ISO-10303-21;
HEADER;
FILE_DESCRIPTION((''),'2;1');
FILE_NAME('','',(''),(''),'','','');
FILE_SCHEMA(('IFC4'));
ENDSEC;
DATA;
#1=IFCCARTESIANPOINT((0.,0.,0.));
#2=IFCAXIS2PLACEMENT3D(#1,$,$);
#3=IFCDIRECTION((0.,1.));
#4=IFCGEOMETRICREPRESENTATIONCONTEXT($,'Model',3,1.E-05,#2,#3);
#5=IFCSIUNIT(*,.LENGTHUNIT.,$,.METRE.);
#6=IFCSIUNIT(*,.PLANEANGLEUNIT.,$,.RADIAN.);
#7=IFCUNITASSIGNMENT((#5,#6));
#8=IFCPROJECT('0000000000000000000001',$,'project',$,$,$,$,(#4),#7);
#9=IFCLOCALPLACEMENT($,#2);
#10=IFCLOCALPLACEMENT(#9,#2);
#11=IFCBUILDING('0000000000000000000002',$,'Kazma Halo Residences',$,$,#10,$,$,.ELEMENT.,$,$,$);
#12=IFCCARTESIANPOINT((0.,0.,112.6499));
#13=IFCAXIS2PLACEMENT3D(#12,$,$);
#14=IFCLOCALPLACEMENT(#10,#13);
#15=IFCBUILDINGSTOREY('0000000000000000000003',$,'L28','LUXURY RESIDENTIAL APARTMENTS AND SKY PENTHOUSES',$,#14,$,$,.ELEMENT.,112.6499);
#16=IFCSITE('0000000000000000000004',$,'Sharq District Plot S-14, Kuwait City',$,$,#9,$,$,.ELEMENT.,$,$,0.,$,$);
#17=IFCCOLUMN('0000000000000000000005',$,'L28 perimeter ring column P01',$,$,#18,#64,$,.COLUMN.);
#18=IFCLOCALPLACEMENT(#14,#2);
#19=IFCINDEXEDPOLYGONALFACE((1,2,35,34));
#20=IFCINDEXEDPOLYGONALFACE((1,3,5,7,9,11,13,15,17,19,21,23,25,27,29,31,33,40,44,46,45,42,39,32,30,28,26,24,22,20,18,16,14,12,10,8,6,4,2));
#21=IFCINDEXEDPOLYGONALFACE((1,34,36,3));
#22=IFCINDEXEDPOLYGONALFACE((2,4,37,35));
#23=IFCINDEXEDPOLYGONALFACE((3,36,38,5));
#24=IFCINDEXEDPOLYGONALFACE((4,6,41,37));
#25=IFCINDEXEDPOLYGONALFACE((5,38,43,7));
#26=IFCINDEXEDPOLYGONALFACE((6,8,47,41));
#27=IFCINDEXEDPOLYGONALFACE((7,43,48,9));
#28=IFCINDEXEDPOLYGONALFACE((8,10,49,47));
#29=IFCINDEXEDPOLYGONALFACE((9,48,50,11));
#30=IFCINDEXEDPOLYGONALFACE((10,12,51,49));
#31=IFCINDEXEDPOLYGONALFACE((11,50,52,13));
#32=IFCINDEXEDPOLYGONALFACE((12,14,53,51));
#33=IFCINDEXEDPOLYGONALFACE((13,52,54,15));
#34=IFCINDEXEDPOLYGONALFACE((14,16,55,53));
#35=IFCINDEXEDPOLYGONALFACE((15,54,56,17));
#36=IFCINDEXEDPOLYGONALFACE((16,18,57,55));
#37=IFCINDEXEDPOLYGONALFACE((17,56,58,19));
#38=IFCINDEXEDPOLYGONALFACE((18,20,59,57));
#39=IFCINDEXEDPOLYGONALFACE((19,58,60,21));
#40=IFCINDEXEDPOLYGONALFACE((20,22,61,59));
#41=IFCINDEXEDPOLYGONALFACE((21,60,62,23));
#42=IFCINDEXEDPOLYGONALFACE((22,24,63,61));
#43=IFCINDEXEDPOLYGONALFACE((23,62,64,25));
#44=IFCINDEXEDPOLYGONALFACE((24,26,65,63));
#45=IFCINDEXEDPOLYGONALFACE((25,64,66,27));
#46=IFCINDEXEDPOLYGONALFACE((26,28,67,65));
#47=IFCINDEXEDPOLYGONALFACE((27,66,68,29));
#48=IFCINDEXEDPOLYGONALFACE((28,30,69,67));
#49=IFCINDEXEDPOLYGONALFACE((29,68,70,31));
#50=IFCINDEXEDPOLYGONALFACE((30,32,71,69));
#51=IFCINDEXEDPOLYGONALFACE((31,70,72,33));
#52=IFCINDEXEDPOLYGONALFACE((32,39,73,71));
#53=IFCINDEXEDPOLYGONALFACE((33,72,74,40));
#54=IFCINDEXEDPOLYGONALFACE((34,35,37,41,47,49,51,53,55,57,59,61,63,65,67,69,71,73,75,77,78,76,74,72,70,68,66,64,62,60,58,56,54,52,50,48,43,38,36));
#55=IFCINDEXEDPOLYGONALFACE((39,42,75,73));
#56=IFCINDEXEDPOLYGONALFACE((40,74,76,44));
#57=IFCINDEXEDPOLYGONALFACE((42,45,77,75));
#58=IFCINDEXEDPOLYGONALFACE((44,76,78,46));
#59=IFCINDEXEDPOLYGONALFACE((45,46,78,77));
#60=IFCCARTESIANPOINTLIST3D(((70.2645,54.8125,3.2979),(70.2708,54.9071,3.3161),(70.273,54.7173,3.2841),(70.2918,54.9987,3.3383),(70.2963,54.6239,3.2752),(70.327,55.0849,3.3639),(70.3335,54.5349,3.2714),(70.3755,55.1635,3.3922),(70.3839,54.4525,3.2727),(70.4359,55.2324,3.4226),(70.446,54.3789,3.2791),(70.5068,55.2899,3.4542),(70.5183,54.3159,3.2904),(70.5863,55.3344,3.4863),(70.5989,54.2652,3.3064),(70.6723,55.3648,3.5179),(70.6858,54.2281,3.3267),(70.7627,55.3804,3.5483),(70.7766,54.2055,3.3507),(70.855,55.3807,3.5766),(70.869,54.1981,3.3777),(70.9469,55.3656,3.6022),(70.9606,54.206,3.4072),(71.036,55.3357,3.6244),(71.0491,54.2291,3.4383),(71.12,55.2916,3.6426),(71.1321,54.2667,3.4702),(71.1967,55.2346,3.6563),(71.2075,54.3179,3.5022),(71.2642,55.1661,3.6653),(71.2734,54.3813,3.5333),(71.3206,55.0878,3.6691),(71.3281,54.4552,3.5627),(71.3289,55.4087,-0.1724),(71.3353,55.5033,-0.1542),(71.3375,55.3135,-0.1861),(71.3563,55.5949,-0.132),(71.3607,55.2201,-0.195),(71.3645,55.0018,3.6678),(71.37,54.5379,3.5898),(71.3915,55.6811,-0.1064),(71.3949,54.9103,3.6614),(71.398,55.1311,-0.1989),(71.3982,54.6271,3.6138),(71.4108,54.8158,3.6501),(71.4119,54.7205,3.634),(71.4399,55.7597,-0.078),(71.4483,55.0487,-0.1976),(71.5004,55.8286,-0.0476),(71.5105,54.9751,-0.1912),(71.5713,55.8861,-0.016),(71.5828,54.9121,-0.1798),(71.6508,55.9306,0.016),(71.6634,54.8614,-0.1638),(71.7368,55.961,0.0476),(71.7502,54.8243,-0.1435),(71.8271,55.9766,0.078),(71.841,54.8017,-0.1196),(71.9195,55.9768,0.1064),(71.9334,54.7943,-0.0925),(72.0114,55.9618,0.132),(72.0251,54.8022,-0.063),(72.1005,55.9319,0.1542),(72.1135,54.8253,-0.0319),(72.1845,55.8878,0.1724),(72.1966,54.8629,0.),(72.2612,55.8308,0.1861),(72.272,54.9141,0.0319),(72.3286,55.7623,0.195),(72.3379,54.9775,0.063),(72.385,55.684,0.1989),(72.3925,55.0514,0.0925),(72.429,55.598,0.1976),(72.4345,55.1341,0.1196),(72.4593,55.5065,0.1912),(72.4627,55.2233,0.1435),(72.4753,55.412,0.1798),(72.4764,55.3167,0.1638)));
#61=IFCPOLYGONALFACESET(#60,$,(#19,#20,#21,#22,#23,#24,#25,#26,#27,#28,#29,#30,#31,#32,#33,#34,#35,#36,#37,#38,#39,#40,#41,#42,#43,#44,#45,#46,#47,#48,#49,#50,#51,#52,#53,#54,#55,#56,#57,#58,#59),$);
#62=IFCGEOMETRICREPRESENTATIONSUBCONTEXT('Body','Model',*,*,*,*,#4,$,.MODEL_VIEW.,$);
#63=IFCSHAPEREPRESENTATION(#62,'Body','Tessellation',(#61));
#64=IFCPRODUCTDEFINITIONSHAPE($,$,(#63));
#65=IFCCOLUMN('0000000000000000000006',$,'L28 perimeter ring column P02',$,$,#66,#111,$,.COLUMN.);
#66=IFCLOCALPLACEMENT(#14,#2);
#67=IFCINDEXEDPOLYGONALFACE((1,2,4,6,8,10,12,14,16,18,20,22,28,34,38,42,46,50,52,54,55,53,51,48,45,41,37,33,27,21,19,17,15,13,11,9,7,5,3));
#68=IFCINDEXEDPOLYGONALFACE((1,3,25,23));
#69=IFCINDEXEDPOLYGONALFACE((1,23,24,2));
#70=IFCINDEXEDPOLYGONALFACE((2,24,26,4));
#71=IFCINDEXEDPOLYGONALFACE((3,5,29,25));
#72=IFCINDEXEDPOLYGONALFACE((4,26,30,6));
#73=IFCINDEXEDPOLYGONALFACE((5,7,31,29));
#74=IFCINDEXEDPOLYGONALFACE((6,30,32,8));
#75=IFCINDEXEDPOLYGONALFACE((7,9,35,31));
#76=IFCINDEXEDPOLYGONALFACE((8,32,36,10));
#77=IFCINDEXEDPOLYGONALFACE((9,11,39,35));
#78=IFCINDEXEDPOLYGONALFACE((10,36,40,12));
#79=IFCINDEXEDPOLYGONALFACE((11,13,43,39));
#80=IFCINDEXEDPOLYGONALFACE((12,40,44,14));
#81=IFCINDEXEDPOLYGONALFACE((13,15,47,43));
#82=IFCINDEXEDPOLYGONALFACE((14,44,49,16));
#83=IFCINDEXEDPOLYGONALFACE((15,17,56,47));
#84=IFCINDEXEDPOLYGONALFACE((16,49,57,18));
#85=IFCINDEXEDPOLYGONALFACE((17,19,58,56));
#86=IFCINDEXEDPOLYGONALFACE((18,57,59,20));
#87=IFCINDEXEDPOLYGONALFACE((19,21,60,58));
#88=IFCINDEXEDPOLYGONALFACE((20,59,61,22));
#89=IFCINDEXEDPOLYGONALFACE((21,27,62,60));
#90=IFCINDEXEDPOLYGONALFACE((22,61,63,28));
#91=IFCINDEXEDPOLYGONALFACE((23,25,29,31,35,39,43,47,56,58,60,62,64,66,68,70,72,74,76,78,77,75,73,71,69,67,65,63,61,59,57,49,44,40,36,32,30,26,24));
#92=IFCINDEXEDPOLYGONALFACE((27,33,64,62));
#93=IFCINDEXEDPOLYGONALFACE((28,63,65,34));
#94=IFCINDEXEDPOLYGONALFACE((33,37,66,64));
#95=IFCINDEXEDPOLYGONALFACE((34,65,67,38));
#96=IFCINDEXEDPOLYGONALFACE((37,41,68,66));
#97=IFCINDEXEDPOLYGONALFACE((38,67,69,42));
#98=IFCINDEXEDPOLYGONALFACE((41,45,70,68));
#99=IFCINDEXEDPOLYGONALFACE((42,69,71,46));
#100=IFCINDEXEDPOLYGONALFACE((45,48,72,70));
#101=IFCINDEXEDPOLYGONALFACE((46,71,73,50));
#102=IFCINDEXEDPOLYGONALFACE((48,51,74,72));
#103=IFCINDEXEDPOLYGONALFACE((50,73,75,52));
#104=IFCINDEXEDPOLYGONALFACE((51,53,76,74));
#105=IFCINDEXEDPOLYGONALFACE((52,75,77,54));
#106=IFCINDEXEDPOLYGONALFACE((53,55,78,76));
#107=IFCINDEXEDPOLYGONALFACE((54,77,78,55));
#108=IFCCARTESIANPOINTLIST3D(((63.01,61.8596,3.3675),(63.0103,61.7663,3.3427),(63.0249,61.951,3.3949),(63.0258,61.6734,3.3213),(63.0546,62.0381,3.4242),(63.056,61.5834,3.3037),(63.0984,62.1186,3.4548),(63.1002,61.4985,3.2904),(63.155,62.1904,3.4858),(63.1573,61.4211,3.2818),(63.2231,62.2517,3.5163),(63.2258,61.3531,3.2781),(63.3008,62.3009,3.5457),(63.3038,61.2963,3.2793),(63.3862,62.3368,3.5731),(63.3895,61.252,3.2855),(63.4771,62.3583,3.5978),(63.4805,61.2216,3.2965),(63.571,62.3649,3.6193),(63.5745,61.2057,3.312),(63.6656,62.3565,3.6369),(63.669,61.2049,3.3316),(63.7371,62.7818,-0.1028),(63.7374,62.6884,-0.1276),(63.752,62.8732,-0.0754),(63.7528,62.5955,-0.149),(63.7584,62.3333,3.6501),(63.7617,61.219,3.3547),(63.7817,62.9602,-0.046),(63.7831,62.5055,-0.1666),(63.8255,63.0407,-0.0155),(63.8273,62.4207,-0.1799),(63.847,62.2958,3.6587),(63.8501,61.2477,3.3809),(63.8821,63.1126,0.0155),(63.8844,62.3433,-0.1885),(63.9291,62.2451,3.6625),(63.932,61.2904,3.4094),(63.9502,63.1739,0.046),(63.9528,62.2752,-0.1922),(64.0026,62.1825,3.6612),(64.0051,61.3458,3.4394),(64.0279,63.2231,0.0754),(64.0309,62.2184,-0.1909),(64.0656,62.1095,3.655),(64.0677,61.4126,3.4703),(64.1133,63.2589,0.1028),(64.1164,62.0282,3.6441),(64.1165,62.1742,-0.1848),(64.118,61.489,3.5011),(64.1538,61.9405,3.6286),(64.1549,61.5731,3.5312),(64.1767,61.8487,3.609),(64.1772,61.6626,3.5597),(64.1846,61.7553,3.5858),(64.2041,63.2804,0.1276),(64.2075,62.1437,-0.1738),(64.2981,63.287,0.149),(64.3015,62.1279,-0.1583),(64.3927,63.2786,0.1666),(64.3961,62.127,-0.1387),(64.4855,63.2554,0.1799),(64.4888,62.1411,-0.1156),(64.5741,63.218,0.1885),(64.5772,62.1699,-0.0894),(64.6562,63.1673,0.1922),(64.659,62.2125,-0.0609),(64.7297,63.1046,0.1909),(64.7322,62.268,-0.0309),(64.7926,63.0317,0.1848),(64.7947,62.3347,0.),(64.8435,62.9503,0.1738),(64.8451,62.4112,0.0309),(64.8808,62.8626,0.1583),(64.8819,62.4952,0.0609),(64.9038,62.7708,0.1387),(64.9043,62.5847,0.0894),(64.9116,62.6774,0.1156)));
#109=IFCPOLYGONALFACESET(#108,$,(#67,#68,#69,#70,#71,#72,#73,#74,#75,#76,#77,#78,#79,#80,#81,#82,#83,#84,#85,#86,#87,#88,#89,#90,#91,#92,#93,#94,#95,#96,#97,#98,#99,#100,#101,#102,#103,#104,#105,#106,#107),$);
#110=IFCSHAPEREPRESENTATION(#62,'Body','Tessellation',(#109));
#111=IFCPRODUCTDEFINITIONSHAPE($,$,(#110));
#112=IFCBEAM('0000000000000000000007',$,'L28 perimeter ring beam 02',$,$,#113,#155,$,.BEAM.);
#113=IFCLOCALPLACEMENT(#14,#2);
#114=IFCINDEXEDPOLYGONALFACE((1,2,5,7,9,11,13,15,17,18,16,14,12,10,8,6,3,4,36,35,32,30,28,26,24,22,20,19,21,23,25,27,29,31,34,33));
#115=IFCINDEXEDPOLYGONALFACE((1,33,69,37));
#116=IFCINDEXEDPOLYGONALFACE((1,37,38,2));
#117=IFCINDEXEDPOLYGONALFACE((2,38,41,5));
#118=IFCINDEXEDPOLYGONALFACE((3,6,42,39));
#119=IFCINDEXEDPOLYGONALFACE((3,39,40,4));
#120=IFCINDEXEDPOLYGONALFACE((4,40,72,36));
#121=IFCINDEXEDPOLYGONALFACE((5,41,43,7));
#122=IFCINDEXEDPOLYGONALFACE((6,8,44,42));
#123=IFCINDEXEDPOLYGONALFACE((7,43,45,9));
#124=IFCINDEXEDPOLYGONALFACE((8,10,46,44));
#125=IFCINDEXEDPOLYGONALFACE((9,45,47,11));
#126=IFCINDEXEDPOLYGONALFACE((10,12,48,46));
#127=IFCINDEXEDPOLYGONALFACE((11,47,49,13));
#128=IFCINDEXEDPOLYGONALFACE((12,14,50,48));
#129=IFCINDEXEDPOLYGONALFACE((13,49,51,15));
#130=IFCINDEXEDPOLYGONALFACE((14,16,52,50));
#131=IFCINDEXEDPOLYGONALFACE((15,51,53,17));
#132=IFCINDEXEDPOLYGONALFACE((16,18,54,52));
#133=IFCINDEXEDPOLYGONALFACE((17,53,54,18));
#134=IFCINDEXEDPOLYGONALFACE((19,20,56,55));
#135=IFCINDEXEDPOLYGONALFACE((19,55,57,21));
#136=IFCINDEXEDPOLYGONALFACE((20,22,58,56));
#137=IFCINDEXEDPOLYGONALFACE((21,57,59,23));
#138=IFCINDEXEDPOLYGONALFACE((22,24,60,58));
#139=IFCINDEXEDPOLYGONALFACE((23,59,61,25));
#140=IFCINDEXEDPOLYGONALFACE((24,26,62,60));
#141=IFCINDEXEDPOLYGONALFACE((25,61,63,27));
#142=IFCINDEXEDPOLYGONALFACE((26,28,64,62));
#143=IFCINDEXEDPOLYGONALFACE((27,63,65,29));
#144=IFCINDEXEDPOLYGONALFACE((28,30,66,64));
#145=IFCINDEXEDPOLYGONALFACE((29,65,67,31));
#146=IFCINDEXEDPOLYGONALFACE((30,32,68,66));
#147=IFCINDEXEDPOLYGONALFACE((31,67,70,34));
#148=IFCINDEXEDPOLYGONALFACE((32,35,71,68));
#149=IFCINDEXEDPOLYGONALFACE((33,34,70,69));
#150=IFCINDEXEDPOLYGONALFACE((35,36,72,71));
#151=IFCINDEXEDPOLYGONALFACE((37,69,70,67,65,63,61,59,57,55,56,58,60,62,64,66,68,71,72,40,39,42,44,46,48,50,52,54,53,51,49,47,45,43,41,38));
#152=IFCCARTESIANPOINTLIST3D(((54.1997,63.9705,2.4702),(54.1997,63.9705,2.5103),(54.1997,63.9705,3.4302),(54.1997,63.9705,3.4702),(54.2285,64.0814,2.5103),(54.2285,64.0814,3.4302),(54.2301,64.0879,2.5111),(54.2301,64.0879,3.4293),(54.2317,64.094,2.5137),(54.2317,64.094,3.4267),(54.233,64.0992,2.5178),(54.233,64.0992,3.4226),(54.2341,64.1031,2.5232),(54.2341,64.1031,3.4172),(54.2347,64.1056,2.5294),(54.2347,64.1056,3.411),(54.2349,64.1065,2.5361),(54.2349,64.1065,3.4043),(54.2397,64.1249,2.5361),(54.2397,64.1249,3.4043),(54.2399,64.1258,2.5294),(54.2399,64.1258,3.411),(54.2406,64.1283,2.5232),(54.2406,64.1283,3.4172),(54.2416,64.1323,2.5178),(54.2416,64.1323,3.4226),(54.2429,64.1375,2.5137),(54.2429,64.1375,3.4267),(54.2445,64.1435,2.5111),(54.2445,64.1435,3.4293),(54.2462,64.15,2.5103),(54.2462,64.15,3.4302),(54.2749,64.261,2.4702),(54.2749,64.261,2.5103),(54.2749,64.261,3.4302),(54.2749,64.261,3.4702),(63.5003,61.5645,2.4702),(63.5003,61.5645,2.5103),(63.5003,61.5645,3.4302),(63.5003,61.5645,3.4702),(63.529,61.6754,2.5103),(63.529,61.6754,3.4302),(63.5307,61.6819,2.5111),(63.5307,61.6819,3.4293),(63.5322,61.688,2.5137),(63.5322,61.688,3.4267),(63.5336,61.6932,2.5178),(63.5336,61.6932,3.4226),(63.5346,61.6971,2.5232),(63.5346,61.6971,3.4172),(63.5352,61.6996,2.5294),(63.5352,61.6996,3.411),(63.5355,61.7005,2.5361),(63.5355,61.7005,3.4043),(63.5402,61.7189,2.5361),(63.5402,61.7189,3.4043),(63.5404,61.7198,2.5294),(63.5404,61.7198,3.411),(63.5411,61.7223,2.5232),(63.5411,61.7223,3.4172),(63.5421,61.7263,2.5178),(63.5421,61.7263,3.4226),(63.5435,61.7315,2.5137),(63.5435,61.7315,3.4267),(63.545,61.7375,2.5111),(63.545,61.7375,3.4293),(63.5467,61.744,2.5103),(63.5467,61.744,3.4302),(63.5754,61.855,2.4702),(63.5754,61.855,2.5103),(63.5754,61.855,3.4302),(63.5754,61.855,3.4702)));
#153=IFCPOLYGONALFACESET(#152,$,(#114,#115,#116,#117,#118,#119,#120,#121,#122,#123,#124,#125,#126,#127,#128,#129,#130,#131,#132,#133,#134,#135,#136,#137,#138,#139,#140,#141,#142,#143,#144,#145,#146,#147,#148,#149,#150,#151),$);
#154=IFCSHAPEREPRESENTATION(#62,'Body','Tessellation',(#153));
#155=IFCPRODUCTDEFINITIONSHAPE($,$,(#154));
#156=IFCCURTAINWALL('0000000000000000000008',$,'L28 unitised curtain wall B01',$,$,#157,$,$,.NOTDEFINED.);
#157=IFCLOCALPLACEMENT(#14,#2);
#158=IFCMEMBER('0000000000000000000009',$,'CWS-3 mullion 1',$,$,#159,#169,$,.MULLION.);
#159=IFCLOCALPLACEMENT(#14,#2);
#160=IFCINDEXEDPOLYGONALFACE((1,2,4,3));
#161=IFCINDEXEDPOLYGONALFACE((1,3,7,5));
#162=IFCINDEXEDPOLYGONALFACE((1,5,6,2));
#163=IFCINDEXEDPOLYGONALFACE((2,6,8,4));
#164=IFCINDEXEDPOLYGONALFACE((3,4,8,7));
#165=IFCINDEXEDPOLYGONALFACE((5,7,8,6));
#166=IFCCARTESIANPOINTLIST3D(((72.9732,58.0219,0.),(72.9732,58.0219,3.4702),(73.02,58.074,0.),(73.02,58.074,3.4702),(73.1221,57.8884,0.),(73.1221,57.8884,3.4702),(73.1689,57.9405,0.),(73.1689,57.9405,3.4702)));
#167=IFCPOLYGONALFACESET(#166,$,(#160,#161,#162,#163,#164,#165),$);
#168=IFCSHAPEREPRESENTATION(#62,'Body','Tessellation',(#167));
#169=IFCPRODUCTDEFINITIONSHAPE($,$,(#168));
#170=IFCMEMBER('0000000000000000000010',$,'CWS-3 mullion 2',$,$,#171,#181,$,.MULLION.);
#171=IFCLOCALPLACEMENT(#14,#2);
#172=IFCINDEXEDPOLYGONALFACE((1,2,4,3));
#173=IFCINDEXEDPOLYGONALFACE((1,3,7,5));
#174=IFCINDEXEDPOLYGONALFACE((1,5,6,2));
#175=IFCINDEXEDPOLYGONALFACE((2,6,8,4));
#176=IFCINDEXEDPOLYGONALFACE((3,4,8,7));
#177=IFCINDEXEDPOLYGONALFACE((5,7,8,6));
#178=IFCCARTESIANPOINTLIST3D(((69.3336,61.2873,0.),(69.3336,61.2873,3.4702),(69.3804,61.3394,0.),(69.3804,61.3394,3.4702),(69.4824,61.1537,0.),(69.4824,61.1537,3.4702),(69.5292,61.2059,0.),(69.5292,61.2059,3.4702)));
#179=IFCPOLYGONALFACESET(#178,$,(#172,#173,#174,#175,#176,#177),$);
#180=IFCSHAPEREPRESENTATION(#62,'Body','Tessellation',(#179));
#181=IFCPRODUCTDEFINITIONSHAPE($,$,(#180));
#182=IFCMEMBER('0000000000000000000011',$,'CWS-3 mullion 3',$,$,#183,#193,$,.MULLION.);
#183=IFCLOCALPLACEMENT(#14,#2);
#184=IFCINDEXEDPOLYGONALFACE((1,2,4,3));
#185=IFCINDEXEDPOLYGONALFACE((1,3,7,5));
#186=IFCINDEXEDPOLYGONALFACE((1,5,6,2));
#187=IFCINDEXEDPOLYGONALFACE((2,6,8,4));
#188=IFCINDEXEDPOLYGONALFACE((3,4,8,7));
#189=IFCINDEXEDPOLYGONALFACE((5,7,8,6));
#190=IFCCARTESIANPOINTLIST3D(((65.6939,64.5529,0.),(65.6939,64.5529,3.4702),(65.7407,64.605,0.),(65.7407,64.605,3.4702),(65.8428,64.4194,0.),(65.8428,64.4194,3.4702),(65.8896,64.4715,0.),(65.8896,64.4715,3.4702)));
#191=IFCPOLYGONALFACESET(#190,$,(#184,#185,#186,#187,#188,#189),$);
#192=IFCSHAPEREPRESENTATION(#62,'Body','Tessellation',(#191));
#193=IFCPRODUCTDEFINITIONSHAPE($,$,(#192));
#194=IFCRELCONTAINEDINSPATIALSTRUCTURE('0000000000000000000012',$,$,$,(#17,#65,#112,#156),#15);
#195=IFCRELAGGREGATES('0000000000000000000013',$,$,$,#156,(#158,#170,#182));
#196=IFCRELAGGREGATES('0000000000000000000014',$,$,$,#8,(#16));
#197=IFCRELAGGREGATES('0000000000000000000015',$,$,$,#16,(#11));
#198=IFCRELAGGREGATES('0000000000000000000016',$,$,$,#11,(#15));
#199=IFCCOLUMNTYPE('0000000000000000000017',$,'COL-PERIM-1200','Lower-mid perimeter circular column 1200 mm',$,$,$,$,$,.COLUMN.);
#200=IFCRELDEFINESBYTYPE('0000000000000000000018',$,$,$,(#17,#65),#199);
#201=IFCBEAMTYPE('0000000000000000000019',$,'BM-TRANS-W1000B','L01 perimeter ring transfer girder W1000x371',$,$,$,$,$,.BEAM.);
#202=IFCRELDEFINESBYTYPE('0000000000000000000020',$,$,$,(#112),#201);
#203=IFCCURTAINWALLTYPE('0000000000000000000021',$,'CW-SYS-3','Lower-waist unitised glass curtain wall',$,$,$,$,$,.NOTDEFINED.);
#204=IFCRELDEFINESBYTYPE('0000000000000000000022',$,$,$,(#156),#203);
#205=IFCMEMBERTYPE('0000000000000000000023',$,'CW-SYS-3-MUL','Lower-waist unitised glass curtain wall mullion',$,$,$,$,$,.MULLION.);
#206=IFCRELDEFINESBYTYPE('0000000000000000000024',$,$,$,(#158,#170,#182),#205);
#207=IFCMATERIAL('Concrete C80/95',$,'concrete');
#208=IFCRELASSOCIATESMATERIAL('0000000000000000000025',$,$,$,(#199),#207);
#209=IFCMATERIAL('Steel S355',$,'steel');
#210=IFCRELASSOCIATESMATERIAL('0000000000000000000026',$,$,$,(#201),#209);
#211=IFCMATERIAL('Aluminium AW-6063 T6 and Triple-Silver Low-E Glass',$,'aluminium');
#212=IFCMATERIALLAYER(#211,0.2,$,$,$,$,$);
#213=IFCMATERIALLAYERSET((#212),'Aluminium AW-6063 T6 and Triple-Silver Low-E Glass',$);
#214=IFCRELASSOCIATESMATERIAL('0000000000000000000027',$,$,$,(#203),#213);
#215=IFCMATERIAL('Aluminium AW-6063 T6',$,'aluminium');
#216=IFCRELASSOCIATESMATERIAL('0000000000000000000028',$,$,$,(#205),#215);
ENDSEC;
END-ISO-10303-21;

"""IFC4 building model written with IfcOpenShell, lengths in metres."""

from ifc_helpers import new_model, si_unit, direction, frame, origin, origin_2d, place, context, subcontext, project, spatial, rectangle, circle, i_section, extrude, material, layer, layer_set, material_profile, profile_set, type_object, element, aggregate, save


model = new_model("IFC4")

# Units and contexts
model_context = context("Model", 3, precision=1e-05, world=origin(), true_north=direction((0.0, 1.0)))
body_context = subcontext(model_context, "Body", "Model", "MODEL_VIEW")
ifc_project = project(units=[si_unit("LENGTHUNIT", "METRE"), si_unit("PLANEANGLEUNIT", "RADIAN")], contexts=[model_context])

# Site, building, storey
site_placement = place(None, origin())
site = spatial("IfcSite", under=ifc_project, at=site_placement, Name="Sharq District Plot S-14, Kuwait City", CompositionType="ELEMENT", RefElevation=0.0)
building_placement = place(site_placement, origin())
building = spatial("IfcBuilding", under=site, at=building_placement, Name="Kazma Halo Residences", CompositionType="ELEMENT")
storey_placement = place(building_placement, frame((0.0, 0.0, 112.6499)))
storey = spatial("IfcBuildingStorey", under=building, at=storey_placement, Name="L28", Description="LUXURY RESIDENTIAL APARTMENTS AND SKY PENTHOUSES", CompositionType="ELEMENT", Elevation=112.6499)

# Columns
ifc_material_1 = material(Name="Concrete C80/95", Category="concrete")
ifc_material_profile_1 = material_profile(ifc_material_1, circle(Radius=0.6001, at=origin_2d()), Name="CIRC1200")
ifc_profile_set_1 = profile_set([ifc_material_profile_1], Name="Concrete C80/95")
column_type = type_object("IfcColumnType", Name="COL-PERIM-1200", Description="Lower-mid perimeter circular column 1200 mm", PredefinedType="COLUMN", material=ifc_profile_set_1)
column_1_placement = place(storey_placement, frame((71.9033, 55.3865, 0.0), z_axis=(-0.289377, -0.162077, 0.943394), x_axis=(0.488664, -0.872472, 0.0)))
element("IfcColumn", 1, at=column_1_placement, inside=storey, type_object=column_type, Name="L28 perimeter ring column P01", PredefinedType="COLUMN", context=body_context, shape_type="SweptSolid", body=[
    extrude(circle(Radius=0.6001, at=origin_2d()), origin(), (0.0, 0.0, 1.0), 3.6785),
])
column_2_placement = place(storey_placement, frame((64.3235, 62.7063, 0.0), z_axis=(-0.198457, -0.251704, 0.947238), x_axis=(0.785271, -0.619152, 0.0)))
element("IfcColumn", 2, at=column_2_placement, inside=storey, type_object=column_type, Name="L28 perimeter ring column P02", PredefinedType="COLUMN", context=body_context, shape_type="SweptSolid", body=[
    extrude(circle(Radius=0.6001, at=origin_2d()), origin(), (0.0, 0.0, 1.0), 3.6636),
])

# Beam
ifc_material_2 = material(Name="Steel S355", Category="steel")
ifc_material_profile_2 = material_profile(ifc_material_2, i_section(OverallWidth=0.3, OverallDepth=1.0, WebThickness=0.019, FlangeThickness=0.04, FilletRadius=0.0259, at=origin_2d()), Name="W1000x371")
ifc_profile_set_2 = profile_set([ifc_material_profile_2], Name="Steel S355")
beam_type = type_object("IfcBeamType", Name="BM-TRANS-W1000B", Description="L01 perimeter ring transfer girder W1000x371", PredefinedType="BEAM", material=ifc_profile_set_2)
beam_placement = place(storey_placement, frame((63.5378, 61.7097, 2.9702), z_axis=(-0.968129, 0.250451, 0.0), x_axis=(-0.250451, -0.968129, 0.0)))
element("IfcBeam", 3, at=beam_placement, inside=storey, type_object=beam_type, Name="L28 perimeter ring beam 02", PredefinedType="BEAM", context=body_context, shape_type="SweptSolid", body=[
    extrude(i_section(OverallWidth=0.3, OverallDepth=1.0, WebThickness=0.019, FlangeThickness=0.04, FilletRadius=0.0259, at=origin_2d()), origin(), (0.0, 0.0, 1.0), 9.6067),
])

# Curtain wall, members
ifc_material_3 = material(Name="Aluminium AW-6063 T6 and Triple-Silver Low-E Glass", Category="aluminium")
ifc_layer_1 = layer(ifc_material_3, 0.2)
ifc_layer_set_1 = layer_set([ifc_layer_1], Name="Aluminium AW-6063 T6 and Triple-Silver Low-E Glass")
curtain_wall_type = type_object("IfcCurtainWallType", Name="CW-SYS-3", Description="Lower-waist unitised glass curtain wall", PredefinedType="NOTDEFINED", material=ifc_layer_set_1)
curtain_wall_1_placement = place(storey_placement, origin())
curtain_wall_1 = element("IfcCurtainWall", 4, at=curtain_wall_1_placement, inside=storey, type_object=curtain_wall_type, Name="L28 unitised curtain wall B01", PredefinedType="NOTDEFINED")
ifc_material_4 = material(Name="Aluminium AW-6063 T6", Category="aluminium")
ifc_material_profile_3 = material_profile(ifc_material_4, rectangle(XDim=0.0701, YDim=0.2, at=origin_2d()), Name="CWM-70x200")
ifc_profile_set_3 = profile_set([ifc_material_profile_3], Name="Aluminium AW-6063 T6")
member_type_1 = type_object("IfcMemberType", Name="CW-SYS-3-MUL", Description="Lower-waist unitised glass curtain wall mullion", PredefinedType="MULLION", material=ifc_profile_set_3)
member_1_placement = place(storey_placement, frame((73.071, 57.9812, 0.0), z_axis=(0.0, 0.0, 1.0), x_axis=(-0.667795, -0.744345, 0.0)))
member_1 = element("IfcMember", 5, at=member_1_placement, type_object=member_type_1, Name="CWS-3 mullion 1", PredefinedType="MULLION", context=body_context, shape_type="SweptSolid", body=[
    extrude(rectangle(XDim=0.0701, YDim=0.2, at=origin_2d()), origin(), (0.0, 0.0, 1.0), 3.4702),
])
member_2_placement = place(storey_placement, frame((69.4314, 61.2466, 0.0), z_axis=(0.0, 0.0, 1.0), x_axis=(-0.667795, -0.744345, 0.0)))
member_2 = element("IfcMember", 6, at=member_2_placement, type_object=member_type_1, Name="CWS-3 mullion 2", PredefinedType="MULLION", context=body_context, shape_type="SweptSolid", body=[
    extrude(rectangle(XDim=0.0701, YDim=0.2, at=origin_2d()), origin(), (0.0, 0.0, 1.0), 3.4702),
])
member_3_placement = place(storey_placement, frame((65.7917, 64.5122, 0.0), z_axis=(0.0, 0.0, 1.0), x_axis=(-0.667795, -0.744345, 0.0)))
member_3 = element("IfcMember", 7, at=member_3_placement, type_object=member_type_1, Name="CWS-3 mullion 3", PredefinedType="MULLION", context=body_context, shape_type="SweptSolid", body=[
    extrude(rectangle(XDim=0.0701, YDim=0.2, at=origin_2d()), origin(), (0.0, 0.0, 1.0), 3.4702),
])

aggregate(curtain_wall_1, [member_1, member_2, member_3])

save(model, "model.ifc")
